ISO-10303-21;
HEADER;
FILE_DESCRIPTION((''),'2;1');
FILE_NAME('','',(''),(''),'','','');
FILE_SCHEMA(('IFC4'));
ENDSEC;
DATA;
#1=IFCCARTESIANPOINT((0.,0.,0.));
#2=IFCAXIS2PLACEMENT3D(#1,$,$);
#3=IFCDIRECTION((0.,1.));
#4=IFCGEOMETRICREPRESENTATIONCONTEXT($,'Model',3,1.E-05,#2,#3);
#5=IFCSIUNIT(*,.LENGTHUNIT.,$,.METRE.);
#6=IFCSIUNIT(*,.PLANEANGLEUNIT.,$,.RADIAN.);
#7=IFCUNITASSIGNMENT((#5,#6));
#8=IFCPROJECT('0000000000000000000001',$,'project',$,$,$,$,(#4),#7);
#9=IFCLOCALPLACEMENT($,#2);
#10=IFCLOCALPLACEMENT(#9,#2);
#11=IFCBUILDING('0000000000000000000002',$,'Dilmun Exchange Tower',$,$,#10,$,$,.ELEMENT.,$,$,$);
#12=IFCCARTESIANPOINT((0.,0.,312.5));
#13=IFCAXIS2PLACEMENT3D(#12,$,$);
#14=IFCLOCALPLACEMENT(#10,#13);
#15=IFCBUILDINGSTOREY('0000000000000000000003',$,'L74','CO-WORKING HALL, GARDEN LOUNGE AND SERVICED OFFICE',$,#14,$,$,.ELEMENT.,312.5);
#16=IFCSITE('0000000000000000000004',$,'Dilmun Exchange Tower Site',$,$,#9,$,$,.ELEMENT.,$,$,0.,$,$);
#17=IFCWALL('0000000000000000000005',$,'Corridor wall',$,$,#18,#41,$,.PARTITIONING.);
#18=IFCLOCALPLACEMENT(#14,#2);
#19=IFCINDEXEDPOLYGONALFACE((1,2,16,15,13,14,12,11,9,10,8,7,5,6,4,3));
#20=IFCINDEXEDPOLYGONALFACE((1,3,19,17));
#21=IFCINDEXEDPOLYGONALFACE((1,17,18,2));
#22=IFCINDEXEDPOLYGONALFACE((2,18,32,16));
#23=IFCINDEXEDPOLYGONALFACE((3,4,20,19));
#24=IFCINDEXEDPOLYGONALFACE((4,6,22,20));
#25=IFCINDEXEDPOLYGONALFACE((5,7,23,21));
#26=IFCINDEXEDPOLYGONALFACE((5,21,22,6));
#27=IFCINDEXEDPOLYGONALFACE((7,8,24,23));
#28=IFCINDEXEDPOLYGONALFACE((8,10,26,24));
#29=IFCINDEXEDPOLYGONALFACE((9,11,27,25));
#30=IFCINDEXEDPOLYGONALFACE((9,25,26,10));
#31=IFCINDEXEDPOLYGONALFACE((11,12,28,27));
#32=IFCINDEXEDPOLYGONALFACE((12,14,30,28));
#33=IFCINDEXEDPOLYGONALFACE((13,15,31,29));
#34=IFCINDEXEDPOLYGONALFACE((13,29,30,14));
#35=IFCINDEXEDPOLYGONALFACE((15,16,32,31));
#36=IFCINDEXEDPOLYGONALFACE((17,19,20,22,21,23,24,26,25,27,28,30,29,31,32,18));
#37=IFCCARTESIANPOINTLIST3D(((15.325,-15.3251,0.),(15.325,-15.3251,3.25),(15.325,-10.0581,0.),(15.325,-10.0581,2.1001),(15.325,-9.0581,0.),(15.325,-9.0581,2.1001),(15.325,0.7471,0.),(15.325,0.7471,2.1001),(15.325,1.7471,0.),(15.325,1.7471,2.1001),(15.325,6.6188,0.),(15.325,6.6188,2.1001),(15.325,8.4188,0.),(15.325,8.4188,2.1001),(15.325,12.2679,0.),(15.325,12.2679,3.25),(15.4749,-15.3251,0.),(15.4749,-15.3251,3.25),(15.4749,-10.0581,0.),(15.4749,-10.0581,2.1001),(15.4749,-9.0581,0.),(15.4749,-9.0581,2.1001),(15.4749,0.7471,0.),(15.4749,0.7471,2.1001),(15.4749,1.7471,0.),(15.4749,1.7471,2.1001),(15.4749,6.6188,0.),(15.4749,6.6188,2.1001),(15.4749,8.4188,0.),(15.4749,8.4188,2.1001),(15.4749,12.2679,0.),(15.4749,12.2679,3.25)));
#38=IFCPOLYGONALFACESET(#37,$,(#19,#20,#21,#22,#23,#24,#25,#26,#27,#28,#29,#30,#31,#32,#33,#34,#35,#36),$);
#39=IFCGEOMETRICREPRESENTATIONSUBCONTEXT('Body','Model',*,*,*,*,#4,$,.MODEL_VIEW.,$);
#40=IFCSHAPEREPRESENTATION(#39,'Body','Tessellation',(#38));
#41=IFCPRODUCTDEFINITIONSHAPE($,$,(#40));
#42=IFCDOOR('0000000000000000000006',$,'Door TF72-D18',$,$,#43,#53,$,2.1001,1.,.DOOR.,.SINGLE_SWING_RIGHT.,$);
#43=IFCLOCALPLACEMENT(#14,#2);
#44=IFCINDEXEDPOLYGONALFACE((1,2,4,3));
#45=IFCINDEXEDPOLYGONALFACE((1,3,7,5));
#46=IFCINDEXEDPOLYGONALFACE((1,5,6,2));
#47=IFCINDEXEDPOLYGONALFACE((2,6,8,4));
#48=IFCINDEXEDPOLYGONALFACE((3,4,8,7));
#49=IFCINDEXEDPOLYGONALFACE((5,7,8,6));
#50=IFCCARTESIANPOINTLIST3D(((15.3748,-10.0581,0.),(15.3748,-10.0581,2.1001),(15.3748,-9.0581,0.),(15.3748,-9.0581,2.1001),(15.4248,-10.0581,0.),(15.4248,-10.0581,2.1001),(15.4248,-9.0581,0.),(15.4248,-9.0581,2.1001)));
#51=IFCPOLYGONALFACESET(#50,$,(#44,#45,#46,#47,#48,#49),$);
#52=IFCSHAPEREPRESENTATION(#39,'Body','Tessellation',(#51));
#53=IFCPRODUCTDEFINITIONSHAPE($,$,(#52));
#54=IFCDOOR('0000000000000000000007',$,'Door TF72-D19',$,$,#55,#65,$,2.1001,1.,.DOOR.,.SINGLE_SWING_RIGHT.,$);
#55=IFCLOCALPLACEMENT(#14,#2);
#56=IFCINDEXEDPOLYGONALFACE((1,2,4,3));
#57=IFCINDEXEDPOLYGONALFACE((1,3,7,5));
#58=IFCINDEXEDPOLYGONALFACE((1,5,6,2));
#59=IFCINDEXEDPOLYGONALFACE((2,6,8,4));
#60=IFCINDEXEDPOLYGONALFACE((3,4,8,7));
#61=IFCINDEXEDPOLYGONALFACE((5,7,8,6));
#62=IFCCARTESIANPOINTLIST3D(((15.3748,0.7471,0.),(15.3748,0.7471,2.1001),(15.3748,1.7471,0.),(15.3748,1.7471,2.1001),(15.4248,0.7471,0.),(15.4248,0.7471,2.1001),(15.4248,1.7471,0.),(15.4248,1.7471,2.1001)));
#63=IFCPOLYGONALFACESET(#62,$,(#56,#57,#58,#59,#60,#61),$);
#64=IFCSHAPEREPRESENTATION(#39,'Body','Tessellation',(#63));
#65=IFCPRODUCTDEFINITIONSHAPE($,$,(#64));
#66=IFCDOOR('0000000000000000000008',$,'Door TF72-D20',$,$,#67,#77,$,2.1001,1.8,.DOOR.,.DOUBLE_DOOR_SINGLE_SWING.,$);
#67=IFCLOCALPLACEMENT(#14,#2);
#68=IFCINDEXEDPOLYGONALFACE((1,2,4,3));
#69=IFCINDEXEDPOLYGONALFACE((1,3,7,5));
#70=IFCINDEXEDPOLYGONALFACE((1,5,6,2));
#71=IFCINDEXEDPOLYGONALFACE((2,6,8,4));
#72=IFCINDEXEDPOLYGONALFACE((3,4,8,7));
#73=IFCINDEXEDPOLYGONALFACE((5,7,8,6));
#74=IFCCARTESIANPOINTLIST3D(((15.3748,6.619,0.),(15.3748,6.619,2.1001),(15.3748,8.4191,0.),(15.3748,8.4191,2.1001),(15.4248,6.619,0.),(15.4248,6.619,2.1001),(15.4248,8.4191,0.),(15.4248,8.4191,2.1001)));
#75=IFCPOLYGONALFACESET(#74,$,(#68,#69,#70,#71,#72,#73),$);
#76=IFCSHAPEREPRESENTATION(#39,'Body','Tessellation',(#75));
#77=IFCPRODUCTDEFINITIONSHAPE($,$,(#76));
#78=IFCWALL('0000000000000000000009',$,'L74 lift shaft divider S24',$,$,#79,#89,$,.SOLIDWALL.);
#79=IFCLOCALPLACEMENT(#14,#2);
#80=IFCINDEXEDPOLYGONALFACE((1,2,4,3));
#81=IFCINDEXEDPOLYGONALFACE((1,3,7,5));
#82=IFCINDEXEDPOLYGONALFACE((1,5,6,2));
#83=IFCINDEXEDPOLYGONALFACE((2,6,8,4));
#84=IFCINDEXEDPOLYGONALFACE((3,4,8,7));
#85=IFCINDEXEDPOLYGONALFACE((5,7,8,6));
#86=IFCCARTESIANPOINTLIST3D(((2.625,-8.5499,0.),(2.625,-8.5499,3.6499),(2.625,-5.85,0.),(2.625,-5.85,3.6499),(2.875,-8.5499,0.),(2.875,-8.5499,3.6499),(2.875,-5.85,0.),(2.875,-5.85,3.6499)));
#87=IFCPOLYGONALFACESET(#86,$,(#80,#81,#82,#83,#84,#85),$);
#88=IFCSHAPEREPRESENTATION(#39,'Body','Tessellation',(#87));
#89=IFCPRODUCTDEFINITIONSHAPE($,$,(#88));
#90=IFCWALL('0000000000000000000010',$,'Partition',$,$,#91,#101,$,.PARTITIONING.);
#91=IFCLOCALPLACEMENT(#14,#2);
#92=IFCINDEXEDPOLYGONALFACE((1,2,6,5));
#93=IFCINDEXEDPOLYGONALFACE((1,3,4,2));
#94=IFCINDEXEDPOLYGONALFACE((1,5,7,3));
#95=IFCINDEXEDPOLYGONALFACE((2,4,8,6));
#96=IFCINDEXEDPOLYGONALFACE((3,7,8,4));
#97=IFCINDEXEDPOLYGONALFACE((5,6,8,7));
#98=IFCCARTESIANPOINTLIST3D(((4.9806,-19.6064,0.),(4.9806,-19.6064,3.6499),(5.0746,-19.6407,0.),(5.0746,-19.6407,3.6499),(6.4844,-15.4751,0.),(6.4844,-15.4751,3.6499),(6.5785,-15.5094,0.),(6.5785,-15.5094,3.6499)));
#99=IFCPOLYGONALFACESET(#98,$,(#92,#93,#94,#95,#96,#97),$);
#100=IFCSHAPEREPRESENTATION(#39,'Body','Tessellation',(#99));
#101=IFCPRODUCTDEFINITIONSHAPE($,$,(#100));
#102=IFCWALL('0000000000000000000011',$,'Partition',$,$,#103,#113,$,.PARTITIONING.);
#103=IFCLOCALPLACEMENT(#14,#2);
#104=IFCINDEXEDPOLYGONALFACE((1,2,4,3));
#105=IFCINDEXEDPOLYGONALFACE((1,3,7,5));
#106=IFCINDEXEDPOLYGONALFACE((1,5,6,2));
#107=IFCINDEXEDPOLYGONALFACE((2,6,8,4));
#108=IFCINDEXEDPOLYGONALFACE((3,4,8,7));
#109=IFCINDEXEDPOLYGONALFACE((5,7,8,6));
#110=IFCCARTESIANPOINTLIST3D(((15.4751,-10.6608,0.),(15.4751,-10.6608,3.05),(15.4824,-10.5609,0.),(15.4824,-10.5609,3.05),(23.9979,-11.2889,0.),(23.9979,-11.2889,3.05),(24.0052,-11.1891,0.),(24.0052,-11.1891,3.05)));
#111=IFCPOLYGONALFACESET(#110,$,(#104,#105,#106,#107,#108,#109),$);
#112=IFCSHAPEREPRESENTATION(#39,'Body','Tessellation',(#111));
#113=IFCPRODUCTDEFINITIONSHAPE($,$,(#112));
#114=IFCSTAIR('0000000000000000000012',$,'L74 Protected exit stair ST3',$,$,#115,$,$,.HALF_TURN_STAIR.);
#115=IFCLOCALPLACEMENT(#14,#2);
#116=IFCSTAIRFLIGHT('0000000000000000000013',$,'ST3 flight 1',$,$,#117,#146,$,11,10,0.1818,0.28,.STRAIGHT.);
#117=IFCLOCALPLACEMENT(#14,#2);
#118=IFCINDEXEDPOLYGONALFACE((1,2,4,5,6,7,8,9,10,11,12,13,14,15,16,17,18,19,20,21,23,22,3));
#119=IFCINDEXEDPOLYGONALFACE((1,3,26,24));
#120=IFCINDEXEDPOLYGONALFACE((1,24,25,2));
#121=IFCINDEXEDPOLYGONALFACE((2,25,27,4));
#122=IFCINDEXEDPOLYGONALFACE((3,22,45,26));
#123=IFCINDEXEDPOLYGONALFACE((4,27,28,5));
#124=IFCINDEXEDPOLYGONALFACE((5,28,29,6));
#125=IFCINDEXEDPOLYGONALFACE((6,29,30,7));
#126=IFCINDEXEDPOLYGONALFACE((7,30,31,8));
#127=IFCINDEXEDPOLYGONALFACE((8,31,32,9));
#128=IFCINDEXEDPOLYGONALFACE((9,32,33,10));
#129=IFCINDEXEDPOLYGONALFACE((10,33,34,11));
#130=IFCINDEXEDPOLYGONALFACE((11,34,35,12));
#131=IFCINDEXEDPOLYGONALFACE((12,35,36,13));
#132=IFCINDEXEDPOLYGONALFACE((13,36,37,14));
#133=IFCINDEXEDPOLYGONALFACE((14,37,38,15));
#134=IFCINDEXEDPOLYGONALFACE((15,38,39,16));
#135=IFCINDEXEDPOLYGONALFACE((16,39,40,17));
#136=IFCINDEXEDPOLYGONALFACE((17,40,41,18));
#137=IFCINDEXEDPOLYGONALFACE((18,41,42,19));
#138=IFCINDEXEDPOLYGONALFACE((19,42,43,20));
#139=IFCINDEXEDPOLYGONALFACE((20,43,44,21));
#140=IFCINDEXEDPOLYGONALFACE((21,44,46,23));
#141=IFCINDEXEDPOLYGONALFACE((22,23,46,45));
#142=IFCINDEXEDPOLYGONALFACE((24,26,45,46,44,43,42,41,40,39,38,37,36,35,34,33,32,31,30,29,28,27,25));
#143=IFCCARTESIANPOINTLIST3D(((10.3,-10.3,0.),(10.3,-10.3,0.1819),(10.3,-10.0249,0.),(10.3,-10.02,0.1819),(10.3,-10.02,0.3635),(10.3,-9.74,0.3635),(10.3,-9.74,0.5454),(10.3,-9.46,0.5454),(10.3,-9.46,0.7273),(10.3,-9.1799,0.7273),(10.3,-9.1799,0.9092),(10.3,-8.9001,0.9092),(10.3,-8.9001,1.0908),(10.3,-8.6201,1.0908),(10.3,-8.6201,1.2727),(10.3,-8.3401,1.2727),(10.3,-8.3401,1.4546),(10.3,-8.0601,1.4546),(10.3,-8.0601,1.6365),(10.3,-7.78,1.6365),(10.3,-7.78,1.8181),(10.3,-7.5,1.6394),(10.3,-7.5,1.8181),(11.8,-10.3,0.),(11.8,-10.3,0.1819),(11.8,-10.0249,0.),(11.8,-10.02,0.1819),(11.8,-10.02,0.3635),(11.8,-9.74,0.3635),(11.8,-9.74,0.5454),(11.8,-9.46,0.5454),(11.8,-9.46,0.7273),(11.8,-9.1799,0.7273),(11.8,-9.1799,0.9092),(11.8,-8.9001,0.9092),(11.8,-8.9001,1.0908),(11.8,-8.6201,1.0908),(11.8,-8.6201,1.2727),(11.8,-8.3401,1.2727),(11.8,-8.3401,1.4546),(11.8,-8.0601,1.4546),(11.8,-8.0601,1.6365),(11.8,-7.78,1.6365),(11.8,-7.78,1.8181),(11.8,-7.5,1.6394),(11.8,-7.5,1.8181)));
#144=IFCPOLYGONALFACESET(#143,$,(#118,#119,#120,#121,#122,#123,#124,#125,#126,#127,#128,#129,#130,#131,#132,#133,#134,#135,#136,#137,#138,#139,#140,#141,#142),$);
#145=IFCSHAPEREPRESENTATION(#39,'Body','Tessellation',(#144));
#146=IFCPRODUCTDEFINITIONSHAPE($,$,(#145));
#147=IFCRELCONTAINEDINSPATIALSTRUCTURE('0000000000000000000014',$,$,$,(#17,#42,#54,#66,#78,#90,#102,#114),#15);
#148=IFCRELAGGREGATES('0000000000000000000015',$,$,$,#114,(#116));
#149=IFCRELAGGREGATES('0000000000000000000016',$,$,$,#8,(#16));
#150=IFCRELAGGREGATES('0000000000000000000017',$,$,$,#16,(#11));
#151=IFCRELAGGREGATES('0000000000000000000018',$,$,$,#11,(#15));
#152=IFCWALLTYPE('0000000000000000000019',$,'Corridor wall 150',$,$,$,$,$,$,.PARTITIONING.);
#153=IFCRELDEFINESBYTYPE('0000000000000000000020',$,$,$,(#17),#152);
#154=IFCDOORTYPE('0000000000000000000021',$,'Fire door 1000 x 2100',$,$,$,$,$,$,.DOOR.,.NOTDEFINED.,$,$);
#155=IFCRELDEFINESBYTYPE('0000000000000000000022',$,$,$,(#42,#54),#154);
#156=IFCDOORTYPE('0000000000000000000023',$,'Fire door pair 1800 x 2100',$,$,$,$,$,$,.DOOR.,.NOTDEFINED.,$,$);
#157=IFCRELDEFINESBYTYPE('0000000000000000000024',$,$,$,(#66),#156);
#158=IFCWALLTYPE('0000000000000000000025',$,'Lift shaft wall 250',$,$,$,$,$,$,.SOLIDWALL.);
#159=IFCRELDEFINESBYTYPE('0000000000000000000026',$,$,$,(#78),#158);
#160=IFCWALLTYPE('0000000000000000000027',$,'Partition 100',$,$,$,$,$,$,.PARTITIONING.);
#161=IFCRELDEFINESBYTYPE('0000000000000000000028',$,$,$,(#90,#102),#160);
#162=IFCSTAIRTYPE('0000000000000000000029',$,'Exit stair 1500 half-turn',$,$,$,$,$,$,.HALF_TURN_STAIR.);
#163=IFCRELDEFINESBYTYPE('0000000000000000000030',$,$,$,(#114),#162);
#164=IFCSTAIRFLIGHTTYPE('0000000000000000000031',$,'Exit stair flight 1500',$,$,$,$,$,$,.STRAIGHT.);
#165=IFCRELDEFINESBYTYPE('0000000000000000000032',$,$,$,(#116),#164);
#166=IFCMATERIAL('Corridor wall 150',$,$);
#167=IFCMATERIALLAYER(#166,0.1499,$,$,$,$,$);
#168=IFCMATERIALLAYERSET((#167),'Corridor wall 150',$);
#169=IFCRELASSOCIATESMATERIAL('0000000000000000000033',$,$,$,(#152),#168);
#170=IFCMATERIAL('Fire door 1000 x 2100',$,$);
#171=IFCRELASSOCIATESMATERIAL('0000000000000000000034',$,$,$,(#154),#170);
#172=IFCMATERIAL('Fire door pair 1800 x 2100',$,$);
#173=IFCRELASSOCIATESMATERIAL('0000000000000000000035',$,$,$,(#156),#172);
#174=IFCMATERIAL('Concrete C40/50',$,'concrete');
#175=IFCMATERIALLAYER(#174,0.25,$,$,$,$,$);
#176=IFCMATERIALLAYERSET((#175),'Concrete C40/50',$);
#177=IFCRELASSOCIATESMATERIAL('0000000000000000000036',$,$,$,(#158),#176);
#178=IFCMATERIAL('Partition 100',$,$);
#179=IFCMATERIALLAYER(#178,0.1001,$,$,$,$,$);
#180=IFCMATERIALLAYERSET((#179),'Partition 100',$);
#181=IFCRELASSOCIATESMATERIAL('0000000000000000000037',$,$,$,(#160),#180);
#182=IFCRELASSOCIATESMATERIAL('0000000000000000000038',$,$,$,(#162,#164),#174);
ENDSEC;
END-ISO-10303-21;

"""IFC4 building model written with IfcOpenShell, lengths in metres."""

from ifc_helpers import new_model, si_unit, direction, frame, frame_2d, origin, place, context, subcontext, project, spatial, polyline, rectangle, outline, extrude, material, layer, layer_set, type_object, element, fill, aggregate, save


model = new_model("IFC4")

# Units and contexts
model_context = context("Model", 3, precision=1e-05, world=origin(), true_north=direction((0.0, 1.0)))
body_context = subcontext(model_context, "Body", "Model", "MODEL_VIEW")
ifc_project = project(units=[si_unit("LENGTHUNIT", "METRE"), si_unit("PLANEANGLEUNIT", "RADIAN")], contexts=[model_context])

# Site, building, storey
site_placement = place(None, origin())
site = spatial("IfcSite", under=ifc_project, at=site_placement, Name="Dilmun Exchange Tower Site", CompositionType="ELEMENT", RefElevation=0.0)
building_placement = place(site_placement, origin())
building = spatial("IfcBuilding", under=site, at=building_placement, Name="Dilmun Exchange Tower", CompositionType="ELEMENT")
storey_placement = place(building_placement, frame((0.0, 0.0, 312.5)))
storey = spatial("IfcBuildingStorey", under=building, at=storey_placement, Name="L74", Description="CO-WORKING HALL, GARDEN LOUNGE AND SERVICED OFFICE", CompositionType="ELEMENT", Elevation=312.5)

# Shared definitions
ifc_material_1 = material(Name="Concrete C40/50", Category="concrete")

# Shared definitions
ifc_material_2 = material(Name="Corridor wall 150")
ifc_layer_1 = layer(ifc_material_2, 0.1499)
ifc_layer_set_1 = layer_set([ifc_layer_1], Name="Corridor wall 150")
wall_type_1 = type_object("IfcWallType", Name="Corridor wall 150", PredefinedType="PARTITIONING", material=ifc_layer_set_1)
ifc_material_3 = material(Name="Fire door 1000 x 2100")
door_type_1 = type_object("IfcDoorType", Name="Fire door 1000 x 2100", OperationType="NOTDEFINED", PredefinedType="DOOR", material=ifc_material_3)

# Shared definitions
ifc_material_4 = material(Name="Fire door pair 1800 x 2100")
door_type_2 = type_object("IfcDoorType", Name="Fire door pair 1800 x 2100", OperationType="NOTDEFINED", PredefinedType="DOOR", material=ifc_material_4)

# Wall, openings, doors
wall_1_placement = place(storey_placement, frame((15.3999, -15.325, 0.0), z_axis=(0.0, 0.0, 1.0), x_axis=(0.0, 1.0, 0.0)))
wall_1 = element("IfcWall", 1, at=wall_1_placement, inside=storey, type_object=wall_type_1, Name="Corridor wall", PredefinedType="PARTITIONING", context=body_context, shape_type="SweptSolid", body=[
    extrude(rectangle(XDim=27.593, YDim=0.1499, at=frame_2d((13.7964, 0.0))), origin(), (0.0, 0.0, 1.0), 3.25),
])
opening_1_placement = place(wall_1_placement, frame((5.2668, 0.0, 0.0)))
opening_1 = element("IfcOpeningElement", 2, at=opening_1_placement, cuts=wall_1, PredefinedType="OPENING", context=body_context, shape_type="SweptSolid", body=[
    extrude(rectangle(XDim=1.0, YDim=2.1001, at=frame_2d((0.5, 1.05))), frame((0.0, 0.085, 0.0), z_axis=(0.0, -1.0, 0.0), x_axis=(1.0, 0.0, 0.0)), (0.0, 0.0, 1.0), 0.1699),
])
opening_2_placement = place(wall_1_placement, frame((16.072, 0.0, 0.0)))
opening_2 = element("IfcOpeningElement", 3, at=opening_2_placement, cuts=wall_1, PredefinedType="OPENING", context=body_context, shape_type="SweptSolid", body=[
    extrude(rectangle(XDim=1.0, YDim=2.1001, at=frame_2d((0.5, 1.05))), frame((0.0, 0.085, 0.0), z_axis=(0.0, -1.0, 0.0), x_axis=(1.0, 0.0, 0.0)), (0.0, 0.0, 1.0), 0.1699),
])
opening_3_placement = place(wall_1_placement, frame((21.9438, 0.0, 0.0)))
opening_3 = element("IfcOpeningElement", 4, at=opening_3_placement, cuts=wall_1, PredefinedType="OPENING", context=body_context, shape_type="SweptSolid", body=[
    extrude(rectangle(XDim=1.8, YDim=2.1001, at=frame_2d((0.8999, 1.05))), frame((0.0, 0.085, 0.0), z_axis=(0.0, -1.0, 0.0), x_axis=(1.0, 0.0, 0.0)), (0.0, 0.0, 1.0), 0.1699),
])
door_1_placement = place(opening_1_placement, frame((1.0, 0.0, 0.0), z_axis=(0.0, 0.0, 1.0), x_axis=(-1.0, 0.0, 0.0)))
door_1 = element("IfcDoor", 5, at=door_1_placement, inside=storey, type_object=door_type_1, Name="Door TF72-D18", OperationType="SINGLE_SWING_RIGHT", OverallHeight=2.1001, OverallWidth=1.0, PredefinedType="DOOR", context=body_context, shape_type="SweptSolid", body=[
    extrude(rectangle(XDim=1.0, YDim=2.1001, at=frame_2d((0.5, 1.05))), frame((0.0, 0.0249, 0.0), z_axis=(0.0, -1.0, 0.0), x_axis=(1.0, 0.0, 0.0)), (0.0, 0.0, 1.0), 0.05),
])
fill(opening_1, door_1)
door_2_placement = place(opening_2_placement, frame((1.0, 0.0, 0.0), z_axis=(0.0, 0.0, 1.0), x_axis=(-1.0, 0.0, 0.0)))
door_2 = element("IfcDoor", 6, at=door_2_placement, inside=storey, type_object=door_type_1, Name="Door TF72-D19", OperationType="SINGLE_SWING_RIGHT", OverallHeight=2.1001, OverallWidth=1.0, PredefinedType="DOOR", context=body_context, shape_type="SweptSolid", body=[
    extrude(rectangle(XDim=1.0, YDim=2.1001, at=frame_2d((0.5, 1.05))), frame((0.0, 0.0249, 0.0), z_axis=(0.0, -1.0, 0.0), x_axis=(1.0, 0.0, 0.0)), (0.0, 0.0, 1.0), 0.05),
])
fill(opening_2, door_2)
door_3_placement = place(opening_3_placement, frame((1.8, 0.0, 0.0), z_axis=(0.0, 0.0, 1.0), x_axis=(-1.0, 0.0, 0.0)))
door_3 = element("IfcDoor", 7, at=door_3_placement, inside=storey, type_object=door_type_2, Name="Door TF72-D20", OperationType="DOUBLE_DOOR_SINGLE_SWING", OverallHeight=2.1001, OverallWidth=1.8, PredefinedType="DOOR", context=body_context, shape_type="SweptSolid", body=[
    extrude(rectangle(XDim=1.8, YDim=2.1001, at=frame_2d((0.8999, 1.05))), frame((0.0, 0.0249, 0.0), z_axis=(0.0, -1.0, 0.0), x_axis=(1.0, 0.0, 0.0)), (0.0, 0.0, 1.0), 0.05),
])
fill(opening_3, door_3)

# Walls
ifc_layer_2 = layer(ifc_material_1, 0.25)
ifc_layer_set_2 = layer_set([ifc_layer_2], Name="Concrete C40/50")
wall_type_2 = type_object("IfcWallType", Name="Lift shaft wall 250", PredefinedType="SOLIDWALL", material=ifc_layer_set_2)
wall_2_placement = place(storey_placement, frame((2.75, -8.55, 0.0), z_axis=(0.0, 0.0, 1.0), x_axis=(0.0, 1.0, 0.0)))
element("IfcWall", 8, at=wall_2_placement, inside=storey, type_object=wall_type_2, Name="L74 lift shaft divider S24", PredefinedType="SOLIDWALL", context=body_context, shape_type="SweptSolid", body=[
    extrude(rectangle(XDim=2.7, YDim=0.25, at=frame_2d((1.3501, 0.0))), origin(), (0.0, 0.0, 1.0), 3.6499),
])
ifc_material_5 = material(Name="Partition 100")
ifc_layer_3 = layer(ifc_material_5, 0.1001)
ifc_layer_set_3 = layer_set([ifc_layer_3], Name="Partition 100")
wall_type_3 = type_object("IfcWallType", Name="Partition 100", PredefinedType="PARTITIONING", material=ifc_layer_set_3)
wall_3_placement = place(storey_placement, frame((5.0276, -19.6235, 0.0), z_axis=(0.0, 0.0, 1.0), x_axis=(0.342064, 0.939677, 0.0)))
element("IfcWall", 9, at=wall_3_placement, inside=storey, type_object=wall_type_3, Name="Partition", PredefinedType="PARTITIONING", context=body_context, shape_type="SweptSolid", body=[
    extrude(rectangle(XDim=4.3965, YDim=0.1001, at=frame_2d((2.1982, 0.0))), origin(), (0.0, 0.0, 1.0), 3.6499),
])
wall_4_placement = place(storey_placement, frame((15.4788, -10.6108, 0.0), z_axis=(0.0, 0.0, 1.0), x_axis=(0.997295, -0.073507, 0.0)))
element("IfcWall", 10, at=wall_4_placement, inside=storey, type_object=wall_type_3, Name="Partition", PredefinedType="PARTITIONING", context=body_context, shape_type="SweptSolid", body=[
    extrude(rectangle(XDim=8.5459, YDim=0.1001, at=frame_2d((4.2729, 0.0))), origin(), (0.0, 0.0, 1.0), 3.05),
])

# Stair, stair flight
stair_type = type_object("IfcStairType", Name="Exit stair 1500 half-turn", PredefinedType="HALF_TURN_STAIR", material=ifc_material_1)
stair_placement = place(storey_placement, origin())
stair = element("IfcStair", 11, at=stair_placement, inside=storey, type_object=stair_type, Name="L74 Protected exit stair ST3", PredefinedType="HALF_TURN_STAIR")
stair_flight_type = type_object("IfcStairFlightType", Name="Exit stair flight 1500", PredefinedType="STRAIGHT", material=ifc_material_1)
stair_flight_placement = place(storey_placement, frame((11.05, -10.3, 0.0), z_axis=(0.0, 0.0, 1.0), x_axis=(0.0, 1.0, 0.0)))
stair_flight = element("IfcStairFlight", 12, at=stair_flight_placement, type_object=stair_flight_type, Name="ST3 flight 1", NumberOfRisers=11, NumberOfTreads=10, PredefinedType="STRAIGHT", RiserHeight=0.1818, TreadLength=0.28, context=body_context, shape_type="SweptSolid", body=[
    extrude(outline(polyline([(0.0, 0.0), (0.0, 0.1819), (0.28, 0.1819), (0.28, 0.3635), (0.5601, 0.3635), (0.5601, 0.5454), (0.8401, 0.5454), (0.8401, 0.7273), (1.1201, 0.7273), (1.1201, 0.9092), (1.3999, 0.9092), (1.3999, 1.0908), (1.6799, 1.0908), (1.6799, 1.2727), (1.96, 1.2727), (1.96, 1.4546), (2.24, 1.4546), (2.24, 1.6365), (2.52, 1.6365), (2.52, 1.8181), (2.8, 1.8181), (2.8, 2.0), (2.8, 1.6394), (0.2751, 0.0), (0.0, 0.0)])), frame((0.0, 0.75, 0.0), z_axis=(0.0, -1.0, 0.0), x_axis=(1.0, 0.0, 0.0)), (0.0, 0.0, 1.0), 1.5),
])
aggregate(stair, [stair_flight])

save(model, "model.ifc")
